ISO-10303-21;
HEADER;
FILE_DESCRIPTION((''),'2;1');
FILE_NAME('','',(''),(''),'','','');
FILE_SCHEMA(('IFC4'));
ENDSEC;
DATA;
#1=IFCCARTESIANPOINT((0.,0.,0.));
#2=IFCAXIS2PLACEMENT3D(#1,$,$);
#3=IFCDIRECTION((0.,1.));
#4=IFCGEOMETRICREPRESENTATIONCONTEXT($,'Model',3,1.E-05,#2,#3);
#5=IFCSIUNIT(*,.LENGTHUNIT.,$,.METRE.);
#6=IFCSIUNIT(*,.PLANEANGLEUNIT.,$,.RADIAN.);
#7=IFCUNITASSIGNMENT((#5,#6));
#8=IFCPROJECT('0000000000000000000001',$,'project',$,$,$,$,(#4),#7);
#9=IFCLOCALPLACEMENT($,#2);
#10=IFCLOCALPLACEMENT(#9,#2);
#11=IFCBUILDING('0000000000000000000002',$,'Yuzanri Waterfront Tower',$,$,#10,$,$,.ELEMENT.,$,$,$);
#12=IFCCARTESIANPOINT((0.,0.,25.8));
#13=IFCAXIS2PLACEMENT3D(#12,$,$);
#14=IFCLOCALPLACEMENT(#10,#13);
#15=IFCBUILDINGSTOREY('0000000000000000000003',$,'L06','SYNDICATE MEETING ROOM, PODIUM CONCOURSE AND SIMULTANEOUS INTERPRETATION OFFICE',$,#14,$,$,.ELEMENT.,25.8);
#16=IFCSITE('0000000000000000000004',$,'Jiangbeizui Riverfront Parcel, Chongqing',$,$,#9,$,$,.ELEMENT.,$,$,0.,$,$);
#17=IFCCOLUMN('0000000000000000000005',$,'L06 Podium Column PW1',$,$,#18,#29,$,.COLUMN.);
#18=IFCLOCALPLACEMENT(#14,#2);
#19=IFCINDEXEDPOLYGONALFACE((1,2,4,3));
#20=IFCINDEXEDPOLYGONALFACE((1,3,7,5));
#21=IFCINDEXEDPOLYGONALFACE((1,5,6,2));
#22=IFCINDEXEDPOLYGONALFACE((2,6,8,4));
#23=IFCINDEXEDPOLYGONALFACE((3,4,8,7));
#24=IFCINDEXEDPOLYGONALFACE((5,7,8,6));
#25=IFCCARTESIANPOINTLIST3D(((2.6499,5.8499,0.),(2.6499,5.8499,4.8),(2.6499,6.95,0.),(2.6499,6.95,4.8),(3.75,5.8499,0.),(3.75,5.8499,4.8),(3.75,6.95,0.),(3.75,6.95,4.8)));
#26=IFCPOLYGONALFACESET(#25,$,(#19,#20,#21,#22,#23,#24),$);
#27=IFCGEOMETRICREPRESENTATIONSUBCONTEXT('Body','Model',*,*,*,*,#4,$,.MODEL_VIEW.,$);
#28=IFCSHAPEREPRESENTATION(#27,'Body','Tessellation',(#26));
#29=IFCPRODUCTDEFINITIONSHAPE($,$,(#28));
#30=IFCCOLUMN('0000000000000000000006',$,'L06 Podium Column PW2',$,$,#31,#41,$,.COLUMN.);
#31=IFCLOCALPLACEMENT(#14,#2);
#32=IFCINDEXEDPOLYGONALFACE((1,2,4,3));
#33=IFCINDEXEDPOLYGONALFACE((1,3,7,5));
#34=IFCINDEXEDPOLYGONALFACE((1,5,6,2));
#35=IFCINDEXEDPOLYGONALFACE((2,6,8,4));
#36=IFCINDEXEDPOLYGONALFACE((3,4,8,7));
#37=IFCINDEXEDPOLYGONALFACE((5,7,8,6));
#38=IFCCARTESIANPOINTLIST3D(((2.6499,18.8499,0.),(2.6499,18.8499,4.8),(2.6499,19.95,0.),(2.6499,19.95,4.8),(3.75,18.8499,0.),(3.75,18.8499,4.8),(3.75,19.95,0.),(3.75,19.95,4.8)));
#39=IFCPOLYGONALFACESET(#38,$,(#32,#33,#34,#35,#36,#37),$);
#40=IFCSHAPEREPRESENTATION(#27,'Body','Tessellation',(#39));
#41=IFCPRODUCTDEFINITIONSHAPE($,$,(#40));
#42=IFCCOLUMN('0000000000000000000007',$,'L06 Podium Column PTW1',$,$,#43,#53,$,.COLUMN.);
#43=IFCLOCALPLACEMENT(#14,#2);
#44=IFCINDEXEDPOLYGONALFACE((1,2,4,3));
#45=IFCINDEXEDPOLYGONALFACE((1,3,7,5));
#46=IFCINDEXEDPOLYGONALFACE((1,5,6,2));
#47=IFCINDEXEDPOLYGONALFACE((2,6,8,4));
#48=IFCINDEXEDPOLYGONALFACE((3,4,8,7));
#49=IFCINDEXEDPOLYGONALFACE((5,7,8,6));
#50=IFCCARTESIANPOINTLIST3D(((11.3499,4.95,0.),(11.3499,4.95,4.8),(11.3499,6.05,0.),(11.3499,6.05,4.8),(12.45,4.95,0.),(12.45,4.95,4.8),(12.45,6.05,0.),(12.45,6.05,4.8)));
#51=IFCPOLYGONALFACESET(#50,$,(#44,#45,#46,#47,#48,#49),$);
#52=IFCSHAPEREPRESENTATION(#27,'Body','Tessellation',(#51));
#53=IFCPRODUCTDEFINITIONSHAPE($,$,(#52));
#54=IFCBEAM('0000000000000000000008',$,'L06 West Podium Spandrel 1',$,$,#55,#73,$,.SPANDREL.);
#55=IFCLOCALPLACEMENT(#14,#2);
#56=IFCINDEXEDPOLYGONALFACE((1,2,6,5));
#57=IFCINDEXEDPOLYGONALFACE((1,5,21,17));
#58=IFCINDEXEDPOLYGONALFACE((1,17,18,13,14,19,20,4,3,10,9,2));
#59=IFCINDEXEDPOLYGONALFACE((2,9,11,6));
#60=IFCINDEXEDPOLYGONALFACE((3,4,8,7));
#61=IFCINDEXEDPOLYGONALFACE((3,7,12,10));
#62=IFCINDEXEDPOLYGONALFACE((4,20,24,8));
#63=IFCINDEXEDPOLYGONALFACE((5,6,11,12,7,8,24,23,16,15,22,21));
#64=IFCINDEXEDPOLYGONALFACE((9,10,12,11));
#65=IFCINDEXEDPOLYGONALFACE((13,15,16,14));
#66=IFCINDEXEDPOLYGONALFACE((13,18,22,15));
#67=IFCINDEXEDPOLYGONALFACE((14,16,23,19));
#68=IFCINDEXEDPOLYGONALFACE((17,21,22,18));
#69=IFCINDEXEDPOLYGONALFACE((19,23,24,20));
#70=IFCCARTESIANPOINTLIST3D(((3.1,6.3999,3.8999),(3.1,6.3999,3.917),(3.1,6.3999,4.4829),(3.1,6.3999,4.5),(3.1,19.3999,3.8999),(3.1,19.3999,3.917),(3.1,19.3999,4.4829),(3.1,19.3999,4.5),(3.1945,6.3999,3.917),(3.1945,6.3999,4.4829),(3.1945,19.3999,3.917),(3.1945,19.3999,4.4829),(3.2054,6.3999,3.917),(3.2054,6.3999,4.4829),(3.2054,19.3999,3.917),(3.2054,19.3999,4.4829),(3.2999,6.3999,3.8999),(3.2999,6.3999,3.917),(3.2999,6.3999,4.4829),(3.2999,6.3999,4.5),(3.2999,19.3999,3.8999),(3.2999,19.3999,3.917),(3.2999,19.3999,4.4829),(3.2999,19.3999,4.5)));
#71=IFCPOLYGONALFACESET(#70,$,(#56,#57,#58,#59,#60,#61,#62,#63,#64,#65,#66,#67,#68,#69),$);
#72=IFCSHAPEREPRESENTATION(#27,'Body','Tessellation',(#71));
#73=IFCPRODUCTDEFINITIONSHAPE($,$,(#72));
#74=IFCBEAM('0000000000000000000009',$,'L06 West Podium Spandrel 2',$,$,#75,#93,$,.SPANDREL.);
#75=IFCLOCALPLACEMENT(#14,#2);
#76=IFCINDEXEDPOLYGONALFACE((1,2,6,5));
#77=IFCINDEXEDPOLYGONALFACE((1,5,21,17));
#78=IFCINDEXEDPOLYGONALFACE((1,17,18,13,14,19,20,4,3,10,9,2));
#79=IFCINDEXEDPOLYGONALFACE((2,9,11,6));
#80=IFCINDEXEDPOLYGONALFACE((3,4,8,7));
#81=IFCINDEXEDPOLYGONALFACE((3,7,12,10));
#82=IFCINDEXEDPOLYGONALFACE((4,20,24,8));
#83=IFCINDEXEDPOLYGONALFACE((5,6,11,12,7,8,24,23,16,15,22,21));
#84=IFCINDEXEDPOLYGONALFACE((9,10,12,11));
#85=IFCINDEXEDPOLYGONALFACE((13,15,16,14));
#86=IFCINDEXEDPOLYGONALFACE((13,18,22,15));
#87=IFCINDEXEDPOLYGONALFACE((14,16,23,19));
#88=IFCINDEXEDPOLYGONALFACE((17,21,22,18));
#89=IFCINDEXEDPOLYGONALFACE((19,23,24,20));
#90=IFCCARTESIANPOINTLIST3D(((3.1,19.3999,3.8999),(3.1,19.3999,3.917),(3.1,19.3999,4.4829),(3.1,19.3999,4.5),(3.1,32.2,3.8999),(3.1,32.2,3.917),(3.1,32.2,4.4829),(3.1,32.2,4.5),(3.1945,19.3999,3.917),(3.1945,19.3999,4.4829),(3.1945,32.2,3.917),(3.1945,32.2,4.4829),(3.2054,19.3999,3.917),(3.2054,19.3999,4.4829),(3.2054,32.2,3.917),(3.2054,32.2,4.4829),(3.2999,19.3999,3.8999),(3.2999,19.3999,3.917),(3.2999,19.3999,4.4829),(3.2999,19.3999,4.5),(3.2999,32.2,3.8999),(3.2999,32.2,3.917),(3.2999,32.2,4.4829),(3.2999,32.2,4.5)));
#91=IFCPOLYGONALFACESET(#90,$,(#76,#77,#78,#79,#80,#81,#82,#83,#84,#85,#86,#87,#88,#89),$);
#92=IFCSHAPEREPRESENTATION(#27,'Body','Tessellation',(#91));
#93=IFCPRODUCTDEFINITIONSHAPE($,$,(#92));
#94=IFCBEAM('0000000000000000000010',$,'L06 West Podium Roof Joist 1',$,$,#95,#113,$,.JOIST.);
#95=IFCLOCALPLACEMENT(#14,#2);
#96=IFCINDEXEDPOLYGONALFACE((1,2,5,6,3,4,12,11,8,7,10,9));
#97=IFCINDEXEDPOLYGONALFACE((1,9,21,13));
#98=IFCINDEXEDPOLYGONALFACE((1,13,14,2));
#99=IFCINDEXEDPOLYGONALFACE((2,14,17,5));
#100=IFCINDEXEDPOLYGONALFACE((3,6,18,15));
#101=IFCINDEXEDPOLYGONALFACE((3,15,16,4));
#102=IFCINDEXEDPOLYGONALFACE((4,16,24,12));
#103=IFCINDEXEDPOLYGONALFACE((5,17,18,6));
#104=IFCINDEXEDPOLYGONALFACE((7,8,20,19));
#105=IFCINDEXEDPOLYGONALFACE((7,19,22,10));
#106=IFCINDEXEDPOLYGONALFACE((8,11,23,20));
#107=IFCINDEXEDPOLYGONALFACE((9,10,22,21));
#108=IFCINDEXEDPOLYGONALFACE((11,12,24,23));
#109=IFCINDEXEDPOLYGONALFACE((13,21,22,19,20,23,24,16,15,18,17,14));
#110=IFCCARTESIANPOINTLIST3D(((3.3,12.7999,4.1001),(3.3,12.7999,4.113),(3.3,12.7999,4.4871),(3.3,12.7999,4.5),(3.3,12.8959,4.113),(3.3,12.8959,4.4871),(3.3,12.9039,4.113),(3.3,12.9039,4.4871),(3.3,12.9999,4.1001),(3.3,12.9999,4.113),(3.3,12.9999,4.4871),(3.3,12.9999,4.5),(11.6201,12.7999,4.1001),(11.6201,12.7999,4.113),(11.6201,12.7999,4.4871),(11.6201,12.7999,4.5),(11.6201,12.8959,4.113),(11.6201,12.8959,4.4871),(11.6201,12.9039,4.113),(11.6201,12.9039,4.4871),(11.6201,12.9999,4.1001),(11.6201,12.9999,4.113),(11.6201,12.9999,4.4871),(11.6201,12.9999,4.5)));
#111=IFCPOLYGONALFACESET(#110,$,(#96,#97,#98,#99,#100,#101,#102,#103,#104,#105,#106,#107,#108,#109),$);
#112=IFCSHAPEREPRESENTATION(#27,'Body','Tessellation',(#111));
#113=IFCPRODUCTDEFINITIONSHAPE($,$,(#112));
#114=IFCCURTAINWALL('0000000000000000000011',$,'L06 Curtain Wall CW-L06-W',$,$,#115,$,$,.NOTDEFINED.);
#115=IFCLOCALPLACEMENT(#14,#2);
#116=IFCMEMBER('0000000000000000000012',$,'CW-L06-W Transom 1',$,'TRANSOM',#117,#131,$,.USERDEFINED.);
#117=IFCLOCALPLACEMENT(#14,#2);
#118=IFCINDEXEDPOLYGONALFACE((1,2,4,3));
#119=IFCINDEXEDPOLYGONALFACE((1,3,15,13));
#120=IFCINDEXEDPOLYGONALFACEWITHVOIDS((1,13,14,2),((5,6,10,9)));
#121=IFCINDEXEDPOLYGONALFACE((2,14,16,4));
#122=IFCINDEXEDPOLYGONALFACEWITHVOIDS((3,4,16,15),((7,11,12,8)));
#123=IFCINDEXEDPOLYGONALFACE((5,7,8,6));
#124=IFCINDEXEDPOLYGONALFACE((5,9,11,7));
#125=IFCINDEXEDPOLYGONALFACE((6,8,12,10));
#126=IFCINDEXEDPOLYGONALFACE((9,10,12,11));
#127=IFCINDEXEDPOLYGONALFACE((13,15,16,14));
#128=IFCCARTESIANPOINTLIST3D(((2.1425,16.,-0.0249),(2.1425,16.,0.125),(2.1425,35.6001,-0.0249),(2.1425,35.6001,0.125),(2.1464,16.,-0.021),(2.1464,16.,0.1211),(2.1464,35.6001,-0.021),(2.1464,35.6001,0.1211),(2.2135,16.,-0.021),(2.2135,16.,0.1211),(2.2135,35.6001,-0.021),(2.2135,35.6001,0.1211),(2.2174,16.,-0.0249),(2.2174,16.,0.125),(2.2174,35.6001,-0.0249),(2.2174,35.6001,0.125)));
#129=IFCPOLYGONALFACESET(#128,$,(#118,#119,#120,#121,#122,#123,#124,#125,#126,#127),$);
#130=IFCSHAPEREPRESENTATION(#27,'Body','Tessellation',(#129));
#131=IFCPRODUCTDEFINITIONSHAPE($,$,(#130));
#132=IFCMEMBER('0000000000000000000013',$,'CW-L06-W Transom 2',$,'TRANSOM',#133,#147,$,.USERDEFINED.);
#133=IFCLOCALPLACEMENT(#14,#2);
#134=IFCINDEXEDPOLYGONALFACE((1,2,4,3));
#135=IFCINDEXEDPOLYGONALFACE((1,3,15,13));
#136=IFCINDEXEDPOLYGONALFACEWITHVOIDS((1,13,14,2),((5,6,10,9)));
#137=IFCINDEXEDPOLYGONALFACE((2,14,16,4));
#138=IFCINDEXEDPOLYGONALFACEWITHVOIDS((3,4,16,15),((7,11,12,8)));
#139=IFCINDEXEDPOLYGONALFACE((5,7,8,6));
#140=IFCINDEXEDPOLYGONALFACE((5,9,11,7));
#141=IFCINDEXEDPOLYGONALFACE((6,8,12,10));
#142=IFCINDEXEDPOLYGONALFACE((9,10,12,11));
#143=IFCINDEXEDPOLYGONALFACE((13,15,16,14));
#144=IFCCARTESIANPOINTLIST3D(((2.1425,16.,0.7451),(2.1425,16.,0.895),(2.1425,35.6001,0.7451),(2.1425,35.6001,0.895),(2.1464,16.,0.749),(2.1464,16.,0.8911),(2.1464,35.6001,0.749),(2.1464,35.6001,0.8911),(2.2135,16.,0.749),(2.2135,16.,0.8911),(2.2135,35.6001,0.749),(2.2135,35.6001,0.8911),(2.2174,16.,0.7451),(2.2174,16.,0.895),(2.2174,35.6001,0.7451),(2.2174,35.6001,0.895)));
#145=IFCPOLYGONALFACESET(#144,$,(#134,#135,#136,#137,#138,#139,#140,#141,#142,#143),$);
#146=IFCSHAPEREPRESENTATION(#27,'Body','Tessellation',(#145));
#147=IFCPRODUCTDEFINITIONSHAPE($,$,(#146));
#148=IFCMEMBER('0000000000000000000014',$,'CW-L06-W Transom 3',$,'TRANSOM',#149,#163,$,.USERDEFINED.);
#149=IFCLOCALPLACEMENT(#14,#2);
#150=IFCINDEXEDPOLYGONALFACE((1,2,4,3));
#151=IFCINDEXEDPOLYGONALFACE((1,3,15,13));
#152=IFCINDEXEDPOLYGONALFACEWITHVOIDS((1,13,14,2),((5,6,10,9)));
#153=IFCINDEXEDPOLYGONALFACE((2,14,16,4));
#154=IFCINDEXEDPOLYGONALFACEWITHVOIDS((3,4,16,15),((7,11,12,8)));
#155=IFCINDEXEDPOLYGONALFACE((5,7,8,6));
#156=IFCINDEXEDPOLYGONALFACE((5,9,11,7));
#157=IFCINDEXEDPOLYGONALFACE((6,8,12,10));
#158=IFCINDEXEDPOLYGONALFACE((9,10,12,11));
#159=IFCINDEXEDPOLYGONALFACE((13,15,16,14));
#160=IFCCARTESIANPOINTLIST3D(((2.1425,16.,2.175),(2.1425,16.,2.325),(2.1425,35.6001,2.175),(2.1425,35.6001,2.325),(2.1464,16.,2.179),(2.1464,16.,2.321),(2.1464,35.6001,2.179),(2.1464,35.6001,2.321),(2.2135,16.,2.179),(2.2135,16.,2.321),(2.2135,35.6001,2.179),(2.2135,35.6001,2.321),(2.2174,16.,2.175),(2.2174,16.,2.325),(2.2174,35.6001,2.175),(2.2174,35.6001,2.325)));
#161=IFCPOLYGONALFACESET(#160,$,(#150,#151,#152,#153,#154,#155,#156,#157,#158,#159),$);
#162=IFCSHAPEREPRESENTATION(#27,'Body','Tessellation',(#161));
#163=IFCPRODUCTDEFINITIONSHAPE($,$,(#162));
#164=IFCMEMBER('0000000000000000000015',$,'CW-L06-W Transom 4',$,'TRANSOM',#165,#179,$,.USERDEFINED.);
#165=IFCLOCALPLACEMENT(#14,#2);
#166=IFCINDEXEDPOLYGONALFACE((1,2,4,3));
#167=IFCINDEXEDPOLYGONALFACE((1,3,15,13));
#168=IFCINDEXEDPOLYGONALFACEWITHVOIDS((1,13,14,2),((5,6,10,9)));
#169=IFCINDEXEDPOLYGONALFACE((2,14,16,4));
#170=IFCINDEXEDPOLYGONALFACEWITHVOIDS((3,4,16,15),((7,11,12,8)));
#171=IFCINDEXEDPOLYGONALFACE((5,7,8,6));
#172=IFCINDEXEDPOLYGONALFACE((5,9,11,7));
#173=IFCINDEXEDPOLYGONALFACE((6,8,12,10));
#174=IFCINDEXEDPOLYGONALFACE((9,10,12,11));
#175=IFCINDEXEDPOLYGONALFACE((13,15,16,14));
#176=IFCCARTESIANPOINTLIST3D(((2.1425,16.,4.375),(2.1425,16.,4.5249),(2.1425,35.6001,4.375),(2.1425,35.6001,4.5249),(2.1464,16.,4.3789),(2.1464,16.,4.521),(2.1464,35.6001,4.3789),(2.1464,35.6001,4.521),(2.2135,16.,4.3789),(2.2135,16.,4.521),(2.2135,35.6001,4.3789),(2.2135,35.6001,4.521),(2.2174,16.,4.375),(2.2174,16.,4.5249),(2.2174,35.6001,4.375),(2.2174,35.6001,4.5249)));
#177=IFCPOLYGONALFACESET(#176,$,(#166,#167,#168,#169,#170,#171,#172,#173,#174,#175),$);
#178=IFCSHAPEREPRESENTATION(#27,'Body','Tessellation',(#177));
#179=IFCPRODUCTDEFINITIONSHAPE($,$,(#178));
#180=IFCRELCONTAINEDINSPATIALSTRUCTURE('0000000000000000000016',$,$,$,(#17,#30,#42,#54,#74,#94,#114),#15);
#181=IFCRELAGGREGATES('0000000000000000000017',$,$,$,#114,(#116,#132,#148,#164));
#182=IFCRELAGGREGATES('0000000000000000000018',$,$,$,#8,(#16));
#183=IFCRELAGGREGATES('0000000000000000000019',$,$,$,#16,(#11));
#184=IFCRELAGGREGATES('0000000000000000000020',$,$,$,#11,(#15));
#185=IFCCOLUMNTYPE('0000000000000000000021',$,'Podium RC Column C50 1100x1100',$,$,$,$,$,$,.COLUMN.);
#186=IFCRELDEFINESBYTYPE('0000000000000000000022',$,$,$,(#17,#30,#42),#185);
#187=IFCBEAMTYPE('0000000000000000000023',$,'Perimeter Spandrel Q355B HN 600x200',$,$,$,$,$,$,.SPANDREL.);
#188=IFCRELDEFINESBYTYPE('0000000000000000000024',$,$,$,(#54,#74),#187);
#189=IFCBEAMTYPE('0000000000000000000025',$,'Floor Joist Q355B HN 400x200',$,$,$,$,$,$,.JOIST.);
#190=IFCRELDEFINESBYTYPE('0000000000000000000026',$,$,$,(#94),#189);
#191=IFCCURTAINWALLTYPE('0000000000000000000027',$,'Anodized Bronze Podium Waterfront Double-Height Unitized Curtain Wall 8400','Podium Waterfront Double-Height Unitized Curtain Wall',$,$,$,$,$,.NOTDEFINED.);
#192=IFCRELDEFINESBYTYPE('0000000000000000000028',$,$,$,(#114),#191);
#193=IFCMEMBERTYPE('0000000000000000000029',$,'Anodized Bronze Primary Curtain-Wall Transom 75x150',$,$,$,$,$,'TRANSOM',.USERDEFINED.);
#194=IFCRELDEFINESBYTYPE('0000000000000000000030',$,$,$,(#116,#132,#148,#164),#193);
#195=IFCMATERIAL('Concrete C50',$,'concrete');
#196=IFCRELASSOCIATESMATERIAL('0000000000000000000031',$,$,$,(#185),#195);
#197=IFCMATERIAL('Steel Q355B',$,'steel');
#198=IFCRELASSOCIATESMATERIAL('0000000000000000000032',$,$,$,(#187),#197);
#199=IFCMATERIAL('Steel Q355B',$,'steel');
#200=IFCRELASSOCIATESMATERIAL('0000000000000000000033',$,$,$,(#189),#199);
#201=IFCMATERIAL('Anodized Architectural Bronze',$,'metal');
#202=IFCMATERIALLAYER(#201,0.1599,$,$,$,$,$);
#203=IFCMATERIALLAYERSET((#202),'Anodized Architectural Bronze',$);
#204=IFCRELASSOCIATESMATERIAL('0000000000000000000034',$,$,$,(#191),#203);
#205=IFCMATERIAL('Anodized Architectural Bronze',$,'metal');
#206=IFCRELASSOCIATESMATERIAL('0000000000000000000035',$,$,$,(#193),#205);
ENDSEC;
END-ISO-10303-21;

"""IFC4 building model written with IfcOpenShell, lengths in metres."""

from ifc_helpers import new_model, si_unit, direction, frame, origin, origin_2d, place, context, subcontext, project, spatial, rectangle, hollow_rectangle, i_section, extrude, source, transform, mapped, material, layer, layer_set, material_profile, profile_set, type_object, element, aggregate, save


model = new_model("IFC4")

# Units and contexts
model_context = context("Model", 3, precision=1e-05, world=origin(), true_north=direction((0.0, 1.0)))
body_context = subcontext(model_context, "Body", "Model", "MODEL_VIEW")
ifc_project = project(units=[si_unit("LENGTHUNIT", "METRE"), si_unit("PLANEANGLEUNIT", "RADIAN")], contexts=[model_context])

# Site, building, storey
site_placement = place(None, origin())
site = spatial("IfcSite", under=ifc_project, at=site_placement, Name="Jiangbeizui Riverfront Parcel, Chongqing", CompositionType="ELEMENT", RefElevation=0.0)
building_placement = place(site_placement, origin())
building = spatial("IfcBuilding", under=site, at=building_placement, Name="Yuzanri Waterfront Tower", CompositionType="ELEMENT")
storey_placement = place(building_placement, frame((0.0, 0.0, 25.8)))
storey = spatial("IfcBuildingStorey", under=building, at=storey_placement, Name="L06", Description="SYNDICATE MEETING ROOM, PODIUM CONCOURSE AND SIMULTANEOUS INTERPRETATION OFFICE", CompositionType="ELEMENT", Elevation=25.8)

# Columns
ifc_material_1 = material(Name="Concrete C50", Category="concrete")
ifc_material_profile_1 = material_profile(ifc_material_1, rectangle(XDim=1.1001, YDim=1.1001, at=origin_2d()), Name="RC 1100x1100")
ifc_profile_set_1 = profile_set([ifc_material_profile_1], Name="Concrete C50")
column_type = type_object("IfcColumnType", Name="Podium RC Column C50 1100x1100", PredefinedType="COLUMN", material=ifc_profile_set_1)
shared_shape_1 = source(origin(), body_context, "Body", "SweptSolid", [
    extrude(rectangle(XDim=1.1001, YDim=1.1001, at=origin_2d()), origin(), (0.0, 0.0, 1.0), 4.8),
])
for number, where, z_axis, x_axis, name in (
    (1, (3.2, 6.3999, 0.0), (0.0, 0.0, 1.0), (1.0, 0.0, 0.0), "L06 Podium Column PW1"),
    (2, (3.2, 19.3999, 0.0), (0.0, 0.0, 1.0), (1.0, 0.0, 0.0), "L06 Podium Column PW2"),
    (3, (11.8999, 5.5, 0.0), (0.0, 0.0, 1.0), (1.0, 0.0, 0.0), "L06 Podium Column PTW1"),
):
    element("IfcColumn", number, at=place(storey_placement, frame(where, z_axis=z_axis, x_axis=x_axis)), inside=storey, type_object=column_type, Name=name, PredefinedType="COLUMN", context=body_context, shape_type="MappedRepresentation", body=[
        mapped(shared_shape_1, transform((0.0, 0.0, 0.0), scale=1.0)),
    ])

# Beams
ifc_material_2 = material(Name="Steel Q355B", Category="steel")
ifc_material_profile_2 = material_profile(ifc_material_2, i_section(OverallWidth=0.2, OverallDepth=0.6001, WebThickness=0.011, FlangeThickness=0.0171, at=origin_2d()), Name="HN 600x200x11x17")
ifc_profile_set_2 = profile_set([ifc_material_profile_2], Name="Steel Q355B")
beam_type_1 = type_object("IfcBeamType", Name="Perimeter Spandrel Q355B HN 600x200", PredefinedType="SPANDREL", material=ifc_profile_set_2)
shared_shape_2 = source(origin(), body_context, "Body", "SweptSolid", [
    extrude(i_section(OverallWidth=0.2, OverallDepth=0.6001, WebThickness=0.011, FlangeThickness=0.0171, at=origin_2d()), origin(), (0.0, 0.0, 1.0), 13.0),
])
beam_1_placement = place(storey_placement, frame((3.2, 6.3999, 4.2), z_axis=(0.0, 1.0, 0.0), x_axis=(-1.0, 0.0, 0.0)))
element("IfcBeam", 4, at=beam_1_placement, inside=storey, type_object=beam_type_1, Name="L06 West Podium Spandrel 1", PredefinedType="SPANDREL", context=body_context, shape_type="MappedRepresentation", body=[
    mapped(shared_shape_2, transform((0.0, 0.0, 0.0), scale=1.0)),
])
shared_shape_3 = source(origin(), body_context, "Body", "SweptSolid", [
    extrude(i_section(OverallWidth=0.2, OverallDepth=0.6001, WebThickness=0.011, FlangeThickness=0.0171, at=origin_2d()), origin(), (0.0, 0.0, 1.0), 12.8),
])
beam_2_placement = place(storey_placement, frame((3.2, 19.3999, 4.2), z_axis=(0.0, 1.0, 0.0), x_axis=(-1.0, 0.0, 0.0)))
element("IfcBeam", 5, at=beam_2_placement, inside=storey, type_object=beam_type_1, Name="L06 West Podium Spandrel 2", PredefinedType="SPANDREL", context=body_context, shape_type="MappedRepresentation", body=[
    mapped(shared_shape_3, transform((0.0, 0.0, 0.0), scale=1.0)),
])
ifc_material_3 = material(Name="Steel Q355B", Category="steel")
ifc_material_profile_3 = material_profile(ifc_material_3, i_section(OverallWidth=0.2, OverallDepth=0.3999, WebThickness=0.0081, FlangeThickness=0.0129, at=origin_2d()), Name="HN 400x200x8x13")
ifc_profile_set_3 = profile_set([ifc_material_profile_3], Name="Steel Q355B")
beam_type_2 = type_object("IfcBeamType", Name="Floor Joist Q355B HN 400x200", PredefinedType="JOIST", material=ifc_profile_set_3)
shared_shape_4 = source(origin(), body_context, "Body", "SweptSolid", [
    extrude(i_section(OverallWidth=0.2, OverallDepth=0.3999, WebThickness=0.0081, FlangeThickness=0.0129, at=origin_2d()), origin(), (0.0, 0.0, 1.0), 8.3201),
])
beam_3_placement = place(storey_placement, frame((3.3, 12.8999, 4.3), z_axis=(1.0, 0.0, 0.0), x_axis=(0.0, 1.0, 0.0)))
element("IfcBeam", 6, at=beam_3_placement, inside=storey, type_object=beam_type_2, Name="L06 West Podium Roof Joist 1", PredefinedType="JOIST", context=body_context, shape_type="MappedRepresentation", body=[
    mapped(shared_shape_4, transform((0.0, 0.0, 0.0), scale=1.0)),
])

# Curtain wall, members
ifc_material_4 = material(Name="Anodized Architectural Bronze", Category="metal")
ifc_layer_1 = layer(ifc_material_4, 0.1599)
ifc_layer_set_1 = layer_set([ifc_layer_1], Name="Anodized Architectural Bronze")
curtain_wall_type = type_object("IfcCurtainWallType", Name="Anodized Bronze Podium Waterfront Double-Height Unitized Curtain Wall 8400", Description="Podium Waterfront Double-Height Unitized Curtain Wall", PredefinedType="NOTDEFINED", material=ifc_layer_set_1)
curtain_wall_placement = place(storey_placement, origin())
curtain_wall = element("IfcCurtainWall", 7, at=curtain_wall_placement, inside=storey, type_object=curtain_wall_type, Name="L06 Curtain Wall CW-L06-W", PredefinedType="NOTDEFINED")
ifc_material_5 = material(Name="Anodized Architectural Bronze", Category="metal")
ifc_material_profile_4 = material_profile(ifc_material_5, hollow_rectangle(XDim=0.075, YDim=0.1499, WallThickness=0.0039, at=origin_2d()), Name="CWT 75x150")
ifc_profile_set_4 = profile_set([ifc_material_profile_4], Name="Anodized Architectural Bronze")
member_type_1 = type_object("IfcMemberType", Name="Anodized Bronze Primary Curtain-Wall Transom 75x150", ElementType="TRANSOM", PredefinedType="USERDEFINED", material=ifc_profile_set_4)
shared_shape_5 = source(origin(), body_context, "Body", "SweptSolid", [
    extrude(hollow_rectangle(XDim=0.075, YDim=0.1499, WallThickness=0.0039, at=origin_2d()), origin(), (0.0, 0.0, 1.0), 19.6001),
])
member_1_placement = place(storey_placement, frame((2.1799, 16.0, 0.05), z_axis=(0.0, 1.0, 0.0), x_axis=(-1.0, 0.0, 0.0)))
member_1 = element("IfcMember", 8, at=member_1_placement, type_object=member_type_1, Name="CW-L06-W Transom 1", ObjectType="TRANSOM", PredefinedType="USERDEFINED", context=body_context, shape_type="MappedRepresentation", body=[
    mapped(shared_shape_5, transform((0.0, 0.0, 0.0), scale=1.0)),
])
member_2_placement = place(storey_placement, frame((2.1799, 16.0, 0.8201), z_axis=(0.0, 1.0, 0.0), x_axis=(-1.0, 0.0, 0.0)))
member_2 = element("IfcMember", 9, at=member_2_placement, type_object=member_type_1, Name="CW-L06-W Transom 2", ObjectType="TRANSOM", PredefinedType="USERDEFINED", context=body_context, shape_type="MappedRepresentation", body=[
    mapped(shared_shape_5, transform((0.0, 0.0, 0.0), scale=1.0)),
])
member_3_placement = place(storey_placement, frame((2.1799, 16.0, 2.25), z_axis=(0.0, 1.0, 0.0), x_axis=(-1.0, 0.0, 0.0)))
member_3 = element("IfcMember", 10, at=member_3_placement, type_object=member_type_1, Name="CW-L06-W Transom 3", ObjectType="TRANSOM", PredefinedType="USERDEFINED", context=body_context, shape_type="MappedRepresentation", body=[
    mapped(shared_shape_5, transform((0.0, 0.0, 0.0), scale=1.0)),
])
member_4_placement = place(storey_placement, frame((2.1799, 16.0, 4.45), z_axis=(0.0, 1.0, 0.0), x_axis=(-1.0, 0.0, 0.0)))
member_4 = element("IfcMember", 11, at=member_4_placement, type_object=member_type_1, Name="CW-L06-W Transom 4", ObjectType="TRANSOM", PredefinedType="USERDEFINED", context=body_context, shape_type="MappedRepresentation", body=[
    mapped(shared_shape_5, transform((0.0, 0.0, 0.0), scale=1.0)),
])
aggregate(curtain_wall, [member_1, member_2, member_3, member_4])

save(model, "model.ifc")
